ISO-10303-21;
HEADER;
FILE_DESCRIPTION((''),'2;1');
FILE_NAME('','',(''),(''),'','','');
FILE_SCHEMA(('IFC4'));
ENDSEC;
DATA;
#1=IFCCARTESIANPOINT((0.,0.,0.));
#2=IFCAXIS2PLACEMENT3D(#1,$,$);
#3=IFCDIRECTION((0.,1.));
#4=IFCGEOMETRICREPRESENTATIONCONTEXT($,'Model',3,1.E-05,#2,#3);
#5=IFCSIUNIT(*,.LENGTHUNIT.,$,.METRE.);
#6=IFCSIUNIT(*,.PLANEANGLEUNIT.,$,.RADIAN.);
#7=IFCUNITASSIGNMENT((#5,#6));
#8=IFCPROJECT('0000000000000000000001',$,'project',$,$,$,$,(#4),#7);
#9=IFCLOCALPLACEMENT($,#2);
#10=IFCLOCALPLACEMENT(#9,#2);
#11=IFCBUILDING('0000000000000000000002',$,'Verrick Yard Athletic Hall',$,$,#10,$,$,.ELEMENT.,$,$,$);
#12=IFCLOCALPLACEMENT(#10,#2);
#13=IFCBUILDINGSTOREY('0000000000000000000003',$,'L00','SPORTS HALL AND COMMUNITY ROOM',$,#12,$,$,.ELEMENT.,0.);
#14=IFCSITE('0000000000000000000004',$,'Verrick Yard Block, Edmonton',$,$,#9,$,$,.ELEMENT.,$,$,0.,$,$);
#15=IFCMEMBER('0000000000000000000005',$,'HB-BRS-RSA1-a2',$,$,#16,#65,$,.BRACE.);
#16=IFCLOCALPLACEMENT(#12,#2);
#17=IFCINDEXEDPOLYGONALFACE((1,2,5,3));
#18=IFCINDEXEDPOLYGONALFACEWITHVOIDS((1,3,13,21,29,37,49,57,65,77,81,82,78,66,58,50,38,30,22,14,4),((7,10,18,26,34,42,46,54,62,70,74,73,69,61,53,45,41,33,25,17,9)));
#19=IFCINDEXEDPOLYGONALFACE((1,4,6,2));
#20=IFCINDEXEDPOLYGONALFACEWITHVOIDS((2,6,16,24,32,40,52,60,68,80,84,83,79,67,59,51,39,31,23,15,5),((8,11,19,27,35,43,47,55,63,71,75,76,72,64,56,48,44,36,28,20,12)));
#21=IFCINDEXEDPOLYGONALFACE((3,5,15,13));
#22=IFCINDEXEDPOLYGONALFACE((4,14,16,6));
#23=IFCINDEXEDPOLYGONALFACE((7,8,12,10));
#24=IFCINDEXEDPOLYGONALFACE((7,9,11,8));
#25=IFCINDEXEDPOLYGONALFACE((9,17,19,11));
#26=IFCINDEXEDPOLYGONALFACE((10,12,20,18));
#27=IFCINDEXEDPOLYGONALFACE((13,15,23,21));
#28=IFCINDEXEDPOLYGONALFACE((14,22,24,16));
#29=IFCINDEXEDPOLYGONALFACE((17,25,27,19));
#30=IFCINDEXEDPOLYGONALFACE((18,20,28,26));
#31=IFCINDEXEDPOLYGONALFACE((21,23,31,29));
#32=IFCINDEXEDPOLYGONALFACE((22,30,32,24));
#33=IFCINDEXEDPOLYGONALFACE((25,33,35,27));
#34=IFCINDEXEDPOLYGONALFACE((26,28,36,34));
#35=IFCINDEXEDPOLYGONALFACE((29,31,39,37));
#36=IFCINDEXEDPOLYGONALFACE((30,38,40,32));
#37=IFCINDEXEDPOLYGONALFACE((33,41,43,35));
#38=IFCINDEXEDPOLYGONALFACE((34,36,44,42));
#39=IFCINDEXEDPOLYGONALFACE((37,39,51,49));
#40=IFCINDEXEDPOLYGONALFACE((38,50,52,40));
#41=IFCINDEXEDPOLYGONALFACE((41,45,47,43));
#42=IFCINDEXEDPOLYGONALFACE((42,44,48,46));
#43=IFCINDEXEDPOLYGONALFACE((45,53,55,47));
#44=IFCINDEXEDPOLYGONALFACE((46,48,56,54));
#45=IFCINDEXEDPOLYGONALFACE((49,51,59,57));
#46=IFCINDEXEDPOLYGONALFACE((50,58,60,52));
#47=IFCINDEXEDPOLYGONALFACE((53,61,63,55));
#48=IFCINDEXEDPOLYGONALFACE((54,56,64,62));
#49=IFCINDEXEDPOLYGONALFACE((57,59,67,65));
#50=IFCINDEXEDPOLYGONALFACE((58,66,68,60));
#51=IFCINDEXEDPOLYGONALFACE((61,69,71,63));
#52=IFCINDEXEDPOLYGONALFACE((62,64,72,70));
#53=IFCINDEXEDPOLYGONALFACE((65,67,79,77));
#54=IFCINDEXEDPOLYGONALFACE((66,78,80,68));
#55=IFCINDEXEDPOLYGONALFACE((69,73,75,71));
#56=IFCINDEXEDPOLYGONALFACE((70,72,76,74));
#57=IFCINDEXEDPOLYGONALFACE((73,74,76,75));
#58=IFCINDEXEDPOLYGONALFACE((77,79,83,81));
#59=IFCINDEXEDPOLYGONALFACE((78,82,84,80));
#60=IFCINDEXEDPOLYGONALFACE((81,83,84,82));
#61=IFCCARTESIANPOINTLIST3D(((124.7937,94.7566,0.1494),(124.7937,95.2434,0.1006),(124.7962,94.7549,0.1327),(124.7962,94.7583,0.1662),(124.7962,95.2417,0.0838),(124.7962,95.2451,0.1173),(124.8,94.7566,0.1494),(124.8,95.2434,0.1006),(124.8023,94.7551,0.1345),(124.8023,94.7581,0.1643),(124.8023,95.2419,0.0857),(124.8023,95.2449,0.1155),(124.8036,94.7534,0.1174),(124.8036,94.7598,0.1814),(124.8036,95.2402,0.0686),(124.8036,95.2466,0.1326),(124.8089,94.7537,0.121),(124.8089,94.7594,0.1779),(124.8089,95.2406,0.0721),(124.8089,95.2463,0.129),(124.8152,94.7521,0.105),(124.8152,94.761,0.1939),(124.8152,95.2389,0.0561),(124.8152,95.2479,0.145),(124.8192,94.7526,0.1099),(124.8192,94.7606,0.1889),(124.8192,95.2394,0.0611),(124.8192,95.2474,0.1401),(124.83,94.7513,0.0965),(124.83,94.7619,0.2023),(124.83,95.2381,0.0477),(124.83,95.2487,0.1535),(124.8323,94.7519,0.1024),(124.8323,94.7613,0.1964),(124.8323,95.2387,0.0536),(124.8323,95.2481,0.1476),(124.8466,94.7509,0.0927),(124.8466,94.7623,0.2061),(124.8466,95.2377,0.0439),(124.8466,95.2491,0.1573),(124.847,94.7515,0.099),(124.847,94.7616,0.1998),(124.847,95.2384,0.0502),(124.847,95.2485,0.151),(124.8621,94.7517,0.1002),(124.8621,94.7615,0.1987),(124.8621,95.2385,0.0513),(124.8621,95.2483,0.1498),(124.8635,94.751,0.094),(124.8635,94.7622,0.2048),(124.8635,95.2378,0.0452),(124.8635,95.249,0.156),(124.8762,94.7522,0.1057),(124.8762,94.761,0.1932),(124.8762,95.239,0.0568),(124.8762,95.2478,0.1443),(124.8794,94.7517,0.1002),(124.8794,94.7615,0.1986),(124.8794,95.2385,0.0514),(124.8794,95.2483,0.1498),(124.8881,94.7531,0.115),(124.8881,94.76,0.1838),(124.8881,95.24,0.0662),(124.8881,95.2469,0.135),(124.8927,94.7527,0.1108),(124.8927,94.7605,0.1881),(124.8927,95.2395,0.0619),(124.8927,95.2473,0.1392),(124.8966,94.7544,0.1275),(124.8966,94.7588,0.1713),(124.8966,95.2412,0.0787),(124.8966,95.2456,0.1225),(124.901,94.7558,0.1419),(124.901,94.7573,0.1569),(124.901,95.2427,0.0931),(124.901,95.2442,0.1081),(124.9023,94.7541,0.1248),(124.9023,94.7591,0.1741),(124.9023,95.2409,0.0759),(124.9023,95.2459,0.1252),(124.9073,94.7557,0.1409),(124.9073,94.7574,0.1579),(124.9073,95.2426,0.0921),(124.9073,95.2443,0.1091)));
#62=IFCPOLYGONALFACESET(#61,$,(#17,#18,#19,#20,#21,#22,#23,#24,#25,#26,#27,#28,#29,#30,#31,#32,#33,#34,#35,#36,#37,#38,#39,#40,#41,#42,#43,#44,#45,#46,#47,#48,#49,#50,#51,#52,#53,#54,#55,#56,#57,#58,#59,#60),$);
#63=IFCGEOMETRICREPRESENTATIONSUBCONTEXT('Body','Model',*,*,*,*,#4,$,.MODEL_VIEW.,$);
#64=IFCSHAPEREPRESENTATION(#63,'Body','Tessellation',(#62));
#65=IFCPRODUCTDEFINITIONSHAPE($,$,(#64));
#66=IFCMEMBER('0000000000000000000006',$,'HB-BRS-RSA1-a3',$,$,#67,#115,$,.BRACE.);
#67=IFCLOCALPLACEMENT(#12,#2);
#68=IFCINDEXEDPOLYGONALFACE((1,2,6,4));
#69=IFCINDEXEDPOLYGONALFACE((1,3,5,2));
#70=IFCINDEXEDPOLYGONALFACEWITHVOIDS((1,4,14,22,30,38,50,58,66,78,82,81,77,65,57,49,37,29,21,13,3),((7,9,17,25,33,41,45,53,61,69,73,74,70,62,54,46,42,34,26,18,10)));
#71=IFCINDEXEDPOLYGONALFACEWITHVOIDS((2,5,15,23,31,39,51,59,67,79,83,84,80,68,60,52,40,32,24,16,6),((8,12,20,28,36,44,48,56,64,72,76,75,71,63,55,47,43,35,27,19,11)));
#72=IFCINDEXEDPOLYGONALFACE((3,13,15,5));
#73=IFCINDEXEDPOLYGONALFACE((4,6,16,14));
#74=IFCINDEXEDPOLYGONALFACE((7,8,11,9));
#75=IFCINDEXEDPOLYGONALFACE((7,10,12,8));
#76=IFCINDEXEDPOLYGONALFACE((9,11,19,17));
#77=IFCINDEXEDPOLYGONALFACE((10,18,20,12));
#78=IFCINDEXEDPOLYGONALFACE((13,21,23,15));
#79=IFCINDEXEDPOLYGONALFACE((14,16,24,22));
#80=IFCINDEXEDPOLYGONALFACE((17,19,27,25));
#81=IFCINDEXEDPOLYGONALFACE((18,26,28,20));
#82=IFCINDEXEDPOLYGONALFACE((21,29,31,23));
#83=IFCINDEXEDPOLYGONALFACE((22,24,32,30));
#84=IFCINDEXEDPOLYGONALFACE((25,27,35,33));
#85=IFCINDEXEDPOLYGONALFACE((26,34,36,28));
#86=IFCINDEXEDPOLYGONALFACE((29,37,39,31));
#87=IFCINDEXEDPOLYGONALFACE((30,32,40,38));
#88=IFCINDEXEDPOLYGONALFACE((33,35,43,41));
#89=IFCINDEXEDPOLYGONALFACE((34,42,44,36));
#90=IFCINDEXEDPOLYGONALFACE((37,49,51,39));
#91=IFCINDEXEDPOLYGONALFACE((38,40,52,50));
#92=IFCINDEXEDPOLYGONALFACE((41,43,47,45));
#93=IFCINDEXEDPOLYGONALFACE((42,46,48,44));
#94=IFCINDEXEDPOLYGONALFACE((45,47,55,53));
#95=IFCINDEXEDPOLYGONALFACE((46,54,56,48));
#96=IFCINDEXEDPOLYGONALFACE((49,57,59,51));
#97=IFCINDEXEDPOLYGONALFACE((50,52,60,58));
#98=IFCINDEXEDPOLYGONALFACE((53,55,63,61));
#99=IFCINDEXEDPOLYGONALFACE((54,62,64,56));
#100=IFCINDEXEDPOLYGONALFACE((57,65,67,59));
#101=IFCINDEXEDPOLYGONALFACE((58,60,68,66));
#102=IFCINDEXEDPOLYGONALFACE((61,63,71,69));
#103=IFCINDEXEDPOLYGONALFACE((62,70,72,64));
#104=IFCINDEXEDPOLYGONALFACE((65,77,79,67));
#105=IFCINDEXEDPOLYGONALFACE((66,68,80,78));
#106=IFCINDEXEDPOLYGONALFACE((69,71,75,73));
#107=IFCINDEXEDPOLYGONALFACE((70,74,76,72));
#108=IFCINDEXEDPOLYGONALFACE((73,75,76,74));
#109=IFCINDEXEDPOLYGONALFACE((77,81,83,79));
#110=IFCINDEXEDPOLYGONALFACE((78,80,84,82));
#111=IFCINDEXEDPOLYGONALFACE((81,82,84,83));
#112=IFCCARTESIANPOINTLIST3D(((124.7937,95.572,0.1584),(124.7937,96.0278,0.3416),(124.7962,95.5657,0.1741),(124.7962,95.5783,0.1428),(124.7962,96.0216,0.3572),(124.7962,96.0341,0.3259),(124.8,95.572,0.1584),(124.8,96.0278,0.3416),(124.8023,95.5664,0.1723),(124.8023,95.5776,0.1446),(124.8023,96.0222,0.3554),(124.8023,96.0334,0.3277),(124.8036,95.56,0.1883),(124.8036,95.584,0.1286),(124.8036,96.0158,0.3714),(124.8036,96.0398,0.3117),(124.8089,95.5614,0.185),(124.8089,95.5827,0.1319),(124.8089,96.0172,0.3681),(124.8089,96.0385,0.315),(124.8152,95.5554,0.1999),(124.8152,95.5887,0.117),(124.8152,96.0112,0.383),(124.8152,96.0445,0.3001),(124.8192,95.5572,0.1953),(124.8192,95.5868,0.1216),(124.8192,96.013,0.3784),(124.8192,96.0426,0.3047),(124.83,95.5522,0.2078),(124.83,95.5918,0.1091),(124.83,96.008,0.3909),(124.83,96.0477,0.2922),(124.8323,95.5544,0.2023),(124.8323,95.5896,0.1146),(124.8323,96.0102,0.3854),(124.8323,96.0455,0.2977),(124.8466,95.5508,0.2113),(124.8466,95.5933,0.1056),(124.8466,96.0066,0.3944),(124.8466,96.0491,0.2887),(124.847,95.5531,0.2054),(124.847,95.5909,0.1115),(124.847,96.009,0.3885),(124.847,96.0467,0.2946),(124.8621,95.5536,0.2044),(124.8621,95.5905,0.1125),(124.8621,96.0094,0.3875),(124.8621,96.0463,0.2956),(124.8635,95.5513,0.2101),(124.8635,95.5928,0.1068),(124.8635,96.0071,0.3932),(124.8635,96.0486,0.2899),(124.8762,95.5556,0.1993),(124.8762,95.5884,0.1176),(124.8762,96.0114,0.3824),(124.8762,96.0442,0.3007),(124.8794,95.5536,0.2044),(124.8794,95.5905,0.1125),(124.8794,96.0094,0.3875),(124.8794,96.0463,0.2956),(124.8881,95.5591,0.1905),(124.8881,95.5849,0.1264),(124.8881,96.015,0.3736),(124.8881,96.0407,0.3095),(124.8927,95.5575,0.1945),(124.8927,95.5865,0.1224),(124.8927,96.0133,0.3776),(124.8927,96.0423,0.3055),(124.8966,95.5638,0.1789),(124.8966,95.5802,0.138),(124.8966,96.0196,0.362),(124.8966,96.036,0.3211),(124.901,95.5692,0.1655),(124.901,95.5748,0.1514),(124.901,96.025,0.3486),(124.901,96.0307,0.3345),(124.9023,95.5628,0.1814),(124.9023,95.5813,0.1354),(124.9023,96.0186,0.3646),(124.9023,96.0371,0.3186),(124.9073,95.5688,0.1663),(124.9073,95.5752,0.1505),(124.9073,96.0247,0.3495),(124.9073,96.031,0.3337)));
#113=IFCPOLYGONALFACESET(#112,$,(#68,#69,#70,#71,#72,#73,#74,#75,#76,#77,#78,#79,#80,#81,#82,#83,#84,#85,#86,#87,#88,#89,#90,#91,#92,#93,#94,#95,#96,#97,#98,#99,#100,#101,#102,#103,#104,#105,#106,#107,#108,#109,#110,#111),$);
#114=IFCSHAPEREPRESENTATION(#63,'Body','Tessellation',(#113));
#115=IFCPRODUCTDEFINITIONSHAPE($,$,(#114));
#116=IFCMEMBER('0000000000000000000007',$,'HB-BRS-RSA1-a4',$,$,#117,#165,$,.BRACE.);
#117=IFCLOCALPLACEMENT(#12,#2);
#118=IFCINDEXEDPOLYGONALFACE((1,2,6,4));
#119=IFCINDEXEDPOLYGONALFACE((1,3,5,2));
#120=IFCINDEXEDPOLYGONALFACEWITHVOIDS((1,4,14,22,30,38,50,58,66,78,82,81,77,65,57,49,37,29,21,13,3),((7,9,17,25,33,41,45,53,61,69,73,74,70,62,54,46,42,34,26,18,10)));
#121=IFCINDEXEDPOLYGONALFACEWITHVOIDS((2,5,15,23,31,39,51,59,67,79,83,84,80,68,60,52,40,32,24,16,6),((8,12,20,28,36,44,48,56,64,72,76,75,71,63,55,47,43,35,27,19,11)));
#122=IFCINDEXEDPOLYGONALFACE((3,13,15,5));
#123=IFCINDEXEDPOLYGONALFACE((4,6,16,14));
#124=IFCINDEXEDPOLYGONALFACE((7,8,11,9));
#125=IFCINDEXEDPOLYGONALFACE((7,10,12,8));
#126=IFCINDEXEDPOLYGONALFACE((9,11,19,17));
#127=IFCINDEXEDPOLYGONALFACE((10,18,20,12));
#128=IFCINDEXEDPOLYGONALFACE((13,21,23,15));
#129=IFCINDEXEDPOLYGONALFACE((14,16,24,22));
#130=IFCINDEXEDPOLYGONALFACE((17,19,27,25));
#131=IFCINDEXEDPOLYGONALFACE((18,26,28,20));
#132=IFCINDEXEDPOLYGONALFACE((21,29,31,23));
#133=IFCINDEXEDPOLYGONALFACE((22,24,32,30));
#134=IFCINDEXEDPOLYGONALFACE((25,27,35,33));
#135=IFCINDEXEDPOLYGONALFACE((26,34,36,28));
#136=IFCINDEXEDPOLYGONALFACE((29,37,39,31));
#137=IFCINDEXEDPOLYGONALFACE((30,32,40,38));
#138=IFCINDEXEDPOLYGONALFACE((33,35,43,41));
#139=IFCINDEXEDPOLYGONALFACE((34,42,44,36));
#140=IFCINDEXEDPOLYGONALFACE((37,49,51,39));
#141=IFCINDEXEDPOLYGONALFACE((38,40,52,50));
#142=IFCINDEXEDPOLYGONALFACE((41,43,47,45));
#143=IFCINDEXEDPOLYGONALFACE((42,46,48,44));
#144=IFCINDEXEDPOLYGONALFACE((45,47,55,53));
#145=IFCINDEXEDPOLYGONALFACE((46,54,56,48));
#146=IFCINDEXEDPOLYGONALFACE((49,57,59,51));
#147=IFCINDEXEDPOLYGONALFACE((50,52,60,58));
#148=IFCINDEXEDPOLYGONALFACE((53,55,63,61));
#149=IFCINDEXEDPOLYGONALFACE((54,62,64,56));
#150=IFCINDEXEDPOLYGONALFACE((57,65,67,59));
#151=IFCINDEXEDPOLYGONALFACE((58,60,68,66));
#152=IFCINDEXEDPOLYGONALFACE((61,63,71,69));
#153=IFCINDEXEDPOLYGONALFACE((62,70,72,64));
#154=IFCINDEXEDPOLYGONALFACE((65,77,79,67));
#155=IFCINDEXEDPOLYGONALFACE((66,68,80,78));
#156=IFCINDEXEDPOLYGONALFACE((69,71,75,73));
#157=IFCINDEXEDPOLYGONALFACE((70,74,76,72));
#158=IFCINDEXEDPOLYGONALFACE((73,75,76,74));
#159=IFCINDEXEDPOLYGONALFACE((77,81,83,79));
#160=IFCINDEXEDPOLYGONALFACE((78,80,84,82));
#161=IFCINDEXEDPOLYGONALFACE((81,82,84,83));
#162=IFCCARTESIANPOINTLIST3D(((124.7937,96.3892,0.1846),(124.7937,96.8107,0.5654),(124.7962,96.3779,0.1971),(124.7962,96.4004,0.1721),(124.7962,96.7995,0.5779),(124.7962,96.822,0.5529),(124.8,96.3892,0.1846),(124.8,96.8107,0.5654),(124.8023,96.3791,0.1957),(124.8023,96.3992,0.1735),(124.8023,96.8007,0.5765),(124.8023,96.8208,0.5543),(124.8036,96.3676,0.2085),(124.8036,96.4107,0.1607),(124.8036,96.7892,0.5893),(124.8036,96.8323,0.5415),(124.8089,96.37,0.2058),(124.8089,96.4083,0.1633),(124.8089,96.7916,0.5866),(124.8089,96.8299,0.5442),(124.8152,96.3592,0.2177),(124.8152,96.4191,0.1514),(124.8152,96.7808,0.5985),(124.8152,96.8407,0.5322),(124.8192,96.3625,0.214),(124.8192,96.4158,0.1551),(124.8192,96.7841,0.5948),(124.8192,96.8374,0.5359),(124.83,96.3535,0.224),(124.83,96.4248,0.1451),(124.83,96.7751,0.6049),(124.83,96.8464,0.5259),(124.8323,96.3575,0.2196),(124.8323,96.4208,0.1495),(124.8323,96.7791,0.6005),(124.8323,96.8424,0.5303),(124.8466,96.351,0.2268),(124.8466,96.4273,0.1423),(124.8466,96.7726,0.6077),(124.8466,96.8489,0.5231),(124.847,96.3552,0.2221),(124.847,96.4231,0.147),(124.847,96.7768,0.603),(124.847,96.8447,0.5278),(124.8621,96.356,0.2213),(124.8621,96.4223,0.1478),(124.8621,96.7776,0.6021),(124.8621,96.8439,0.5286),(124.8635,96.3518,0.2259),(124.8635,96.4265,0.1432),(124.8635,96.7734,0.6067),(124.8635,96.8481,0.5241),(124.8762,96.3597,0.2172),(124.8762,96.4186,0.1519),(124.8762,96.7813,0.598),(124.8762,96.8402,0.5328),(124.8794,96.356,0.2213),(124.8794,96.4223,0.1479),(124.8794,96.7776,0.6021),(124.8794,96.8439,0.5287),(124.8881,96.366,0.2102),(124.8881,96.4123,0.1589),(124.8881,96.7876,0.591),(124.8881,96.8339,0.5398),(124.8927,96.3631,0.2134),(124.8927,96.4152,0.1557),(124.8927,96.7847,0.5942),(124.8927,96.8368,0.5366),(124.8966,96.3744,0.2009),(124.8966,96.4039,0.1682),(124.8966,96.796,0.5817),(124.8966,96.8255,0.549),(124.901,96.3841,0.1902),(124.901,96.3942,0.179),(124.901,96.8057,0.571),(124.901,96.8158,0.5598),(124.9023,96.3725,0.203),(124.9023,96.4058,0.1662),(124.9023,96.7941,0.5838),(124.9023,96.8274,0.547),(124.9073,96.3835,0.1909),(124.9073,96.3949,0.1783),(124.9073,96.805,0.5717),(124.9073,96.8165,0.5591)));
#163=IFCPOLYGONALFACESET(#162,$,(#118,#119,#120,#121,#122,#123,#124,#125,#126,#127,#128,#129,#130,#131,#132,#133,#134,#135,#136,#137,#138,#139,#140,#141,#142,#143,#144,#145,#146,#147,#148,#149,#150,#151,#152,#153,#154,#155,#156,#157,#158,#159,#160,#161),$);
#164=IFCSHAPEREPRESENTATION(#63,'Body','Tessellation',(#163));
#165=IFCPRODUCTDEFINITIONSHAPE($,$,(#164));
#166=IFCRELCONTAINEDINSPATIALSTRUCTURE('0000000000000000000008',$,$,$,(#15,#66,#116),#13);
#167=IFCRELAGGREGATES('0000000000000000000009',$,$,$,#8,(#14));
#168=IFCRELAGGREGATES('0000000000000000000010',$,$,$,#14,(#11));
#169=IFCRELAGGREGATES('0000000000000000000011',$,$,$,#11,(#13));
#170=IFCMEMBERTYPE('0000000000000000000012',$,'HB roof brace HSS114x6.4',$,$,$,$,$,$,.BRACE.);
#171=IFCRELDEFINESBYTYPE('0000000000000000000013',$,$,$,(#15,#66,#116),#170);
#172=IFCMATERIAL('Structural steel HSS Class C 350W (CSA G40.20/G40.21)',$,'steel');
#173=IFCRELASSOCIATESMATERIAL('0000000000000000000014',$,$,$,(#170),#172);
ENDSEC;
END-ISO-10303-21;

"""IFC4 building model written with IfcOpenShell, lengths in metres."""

from ifc_helpers import new_model, si_unit, direction, frame, origin, origin_2d, place, context, subcontext, project, spatial, hollow_circle, extrude, material, material_profile, profile_set, type_object, element, save


model = new_model("IFC4")

# Units and contexts
model_context = context("Model", 3, precision=1e-05, world=origin(), true_north=direction((0.0, 1.0)))
body_context = subcontext(model_context, "Body", "Model", "MODEL_VIEW")
ifc_project = project(units=[si_unit("LENGTHUNIT", "METRE"), si_unit("PLANEANGLEUNIT", "RADIAN")], contexts=[model_context])

# Site, building, storey
site_placement = place(None, origin())
site = spatial("IfcSite", under=ifc_project, at=site_placement, Name="Verrick Yard Block, Edmonton", CompositionType="ELEMENT", RefElevation=0.0)
building_placement = place(site_placement, origin())
building = spatial("IfcBuilding", under=site, at=building_placement, Name="Verrick Yard Athletic Hall", CompositionType="ELEMENT")
storey_placement = place(building_placement, origin())
storey = spatial("IfcBuildingStorey", under=building, at=storey_placement, Name="L00", Description="SPORTS HALL AND COMMUNITY ROOM", CompositionType="ELEMENT", Elevation=0.0)

# Members
ifc_material_1 = material(Name="Structural steel HSS Class C 350W (CSA G40.20/G40.21)", Category="steel")
ifc_material_profile_1 = material_profile(ifc_material_1, hollow_circle(Radius=0.0571, WallThickness=0.0063, at=origin_2d()), Name="HSS114x6.4")
ifc_profile_set_1 = profile_set([ifc_material_profile_1], Name="Structural steel HSS Class C 350W (CSA G40.20/G40.21)")
member_type_1 = type_object("IfcMemberType", Name="HB roof brace HSS114x6.4", PredefinedType="BRACE", material=ifc_profile_set_1)
member_1_placement = place(storey_placement, frame((124.8508, 94.7566, 0.1494), z_axis=(0.0, 0.995008, -0.0998), x_axis=(-1.0, 0.0, 0.0)))
element("IfcMember", 1, at=member_1_placement, inside=storey, type_object=member_type_1, Name="HB-BRS-RSA1-a2", PredefinedType="BRACE", context=body_context, shape_type="SweptSolid", body=[
    extrude(hollow_circle(Radius=0.0571, WallThickness=0.0063, at=origin_2d()), origin(), (0.0, 0.0, 1.0), 0.4893),
])
member_2_placement = place(storey_placement, frame((124.8508, 95.572, 0.1584), z_axis=(0.0, 0.927927, 0.372761), x_axis=(-1.0, 0.0, 0.0)))
element("IfcMember", 2, at=member_2_placement, inside=storey, type_object=member_type_1, Name="HB-BRS-RSA1-a3", PredefinedType="BRACE", context=body_context, shape_type="SweptSolid", body=[
    extrude(hollow_circle(Radius=0.0571, WallThickness=0.0063, at=origin_2d()), origin(), (0.0, 0.0, 1.0), 0.4912),
])
member_3_placement = place(storey_placement, frame((124.8508, 96.3892, 0.1846), z_axis=(0.0, 0.742075, 0.670317), x_axis=(-1.0, 0.0, 0.0)))
element("IfcMember", 3, at=member_3_placement, inside=storey, type_object=member_type_1, Name="HB-BRS-RSA1-a4", PredefinedType="BRACE", context=body_context, shape_type="SweptSolid", body=[
    extrude(hollow_circle(Radius=0.0571, WallThickness=0.0063, at=origin_2d()), origin(), (0.0, 0.0, 1.0), 0.5681),
])

save(model, "model.ifc")
